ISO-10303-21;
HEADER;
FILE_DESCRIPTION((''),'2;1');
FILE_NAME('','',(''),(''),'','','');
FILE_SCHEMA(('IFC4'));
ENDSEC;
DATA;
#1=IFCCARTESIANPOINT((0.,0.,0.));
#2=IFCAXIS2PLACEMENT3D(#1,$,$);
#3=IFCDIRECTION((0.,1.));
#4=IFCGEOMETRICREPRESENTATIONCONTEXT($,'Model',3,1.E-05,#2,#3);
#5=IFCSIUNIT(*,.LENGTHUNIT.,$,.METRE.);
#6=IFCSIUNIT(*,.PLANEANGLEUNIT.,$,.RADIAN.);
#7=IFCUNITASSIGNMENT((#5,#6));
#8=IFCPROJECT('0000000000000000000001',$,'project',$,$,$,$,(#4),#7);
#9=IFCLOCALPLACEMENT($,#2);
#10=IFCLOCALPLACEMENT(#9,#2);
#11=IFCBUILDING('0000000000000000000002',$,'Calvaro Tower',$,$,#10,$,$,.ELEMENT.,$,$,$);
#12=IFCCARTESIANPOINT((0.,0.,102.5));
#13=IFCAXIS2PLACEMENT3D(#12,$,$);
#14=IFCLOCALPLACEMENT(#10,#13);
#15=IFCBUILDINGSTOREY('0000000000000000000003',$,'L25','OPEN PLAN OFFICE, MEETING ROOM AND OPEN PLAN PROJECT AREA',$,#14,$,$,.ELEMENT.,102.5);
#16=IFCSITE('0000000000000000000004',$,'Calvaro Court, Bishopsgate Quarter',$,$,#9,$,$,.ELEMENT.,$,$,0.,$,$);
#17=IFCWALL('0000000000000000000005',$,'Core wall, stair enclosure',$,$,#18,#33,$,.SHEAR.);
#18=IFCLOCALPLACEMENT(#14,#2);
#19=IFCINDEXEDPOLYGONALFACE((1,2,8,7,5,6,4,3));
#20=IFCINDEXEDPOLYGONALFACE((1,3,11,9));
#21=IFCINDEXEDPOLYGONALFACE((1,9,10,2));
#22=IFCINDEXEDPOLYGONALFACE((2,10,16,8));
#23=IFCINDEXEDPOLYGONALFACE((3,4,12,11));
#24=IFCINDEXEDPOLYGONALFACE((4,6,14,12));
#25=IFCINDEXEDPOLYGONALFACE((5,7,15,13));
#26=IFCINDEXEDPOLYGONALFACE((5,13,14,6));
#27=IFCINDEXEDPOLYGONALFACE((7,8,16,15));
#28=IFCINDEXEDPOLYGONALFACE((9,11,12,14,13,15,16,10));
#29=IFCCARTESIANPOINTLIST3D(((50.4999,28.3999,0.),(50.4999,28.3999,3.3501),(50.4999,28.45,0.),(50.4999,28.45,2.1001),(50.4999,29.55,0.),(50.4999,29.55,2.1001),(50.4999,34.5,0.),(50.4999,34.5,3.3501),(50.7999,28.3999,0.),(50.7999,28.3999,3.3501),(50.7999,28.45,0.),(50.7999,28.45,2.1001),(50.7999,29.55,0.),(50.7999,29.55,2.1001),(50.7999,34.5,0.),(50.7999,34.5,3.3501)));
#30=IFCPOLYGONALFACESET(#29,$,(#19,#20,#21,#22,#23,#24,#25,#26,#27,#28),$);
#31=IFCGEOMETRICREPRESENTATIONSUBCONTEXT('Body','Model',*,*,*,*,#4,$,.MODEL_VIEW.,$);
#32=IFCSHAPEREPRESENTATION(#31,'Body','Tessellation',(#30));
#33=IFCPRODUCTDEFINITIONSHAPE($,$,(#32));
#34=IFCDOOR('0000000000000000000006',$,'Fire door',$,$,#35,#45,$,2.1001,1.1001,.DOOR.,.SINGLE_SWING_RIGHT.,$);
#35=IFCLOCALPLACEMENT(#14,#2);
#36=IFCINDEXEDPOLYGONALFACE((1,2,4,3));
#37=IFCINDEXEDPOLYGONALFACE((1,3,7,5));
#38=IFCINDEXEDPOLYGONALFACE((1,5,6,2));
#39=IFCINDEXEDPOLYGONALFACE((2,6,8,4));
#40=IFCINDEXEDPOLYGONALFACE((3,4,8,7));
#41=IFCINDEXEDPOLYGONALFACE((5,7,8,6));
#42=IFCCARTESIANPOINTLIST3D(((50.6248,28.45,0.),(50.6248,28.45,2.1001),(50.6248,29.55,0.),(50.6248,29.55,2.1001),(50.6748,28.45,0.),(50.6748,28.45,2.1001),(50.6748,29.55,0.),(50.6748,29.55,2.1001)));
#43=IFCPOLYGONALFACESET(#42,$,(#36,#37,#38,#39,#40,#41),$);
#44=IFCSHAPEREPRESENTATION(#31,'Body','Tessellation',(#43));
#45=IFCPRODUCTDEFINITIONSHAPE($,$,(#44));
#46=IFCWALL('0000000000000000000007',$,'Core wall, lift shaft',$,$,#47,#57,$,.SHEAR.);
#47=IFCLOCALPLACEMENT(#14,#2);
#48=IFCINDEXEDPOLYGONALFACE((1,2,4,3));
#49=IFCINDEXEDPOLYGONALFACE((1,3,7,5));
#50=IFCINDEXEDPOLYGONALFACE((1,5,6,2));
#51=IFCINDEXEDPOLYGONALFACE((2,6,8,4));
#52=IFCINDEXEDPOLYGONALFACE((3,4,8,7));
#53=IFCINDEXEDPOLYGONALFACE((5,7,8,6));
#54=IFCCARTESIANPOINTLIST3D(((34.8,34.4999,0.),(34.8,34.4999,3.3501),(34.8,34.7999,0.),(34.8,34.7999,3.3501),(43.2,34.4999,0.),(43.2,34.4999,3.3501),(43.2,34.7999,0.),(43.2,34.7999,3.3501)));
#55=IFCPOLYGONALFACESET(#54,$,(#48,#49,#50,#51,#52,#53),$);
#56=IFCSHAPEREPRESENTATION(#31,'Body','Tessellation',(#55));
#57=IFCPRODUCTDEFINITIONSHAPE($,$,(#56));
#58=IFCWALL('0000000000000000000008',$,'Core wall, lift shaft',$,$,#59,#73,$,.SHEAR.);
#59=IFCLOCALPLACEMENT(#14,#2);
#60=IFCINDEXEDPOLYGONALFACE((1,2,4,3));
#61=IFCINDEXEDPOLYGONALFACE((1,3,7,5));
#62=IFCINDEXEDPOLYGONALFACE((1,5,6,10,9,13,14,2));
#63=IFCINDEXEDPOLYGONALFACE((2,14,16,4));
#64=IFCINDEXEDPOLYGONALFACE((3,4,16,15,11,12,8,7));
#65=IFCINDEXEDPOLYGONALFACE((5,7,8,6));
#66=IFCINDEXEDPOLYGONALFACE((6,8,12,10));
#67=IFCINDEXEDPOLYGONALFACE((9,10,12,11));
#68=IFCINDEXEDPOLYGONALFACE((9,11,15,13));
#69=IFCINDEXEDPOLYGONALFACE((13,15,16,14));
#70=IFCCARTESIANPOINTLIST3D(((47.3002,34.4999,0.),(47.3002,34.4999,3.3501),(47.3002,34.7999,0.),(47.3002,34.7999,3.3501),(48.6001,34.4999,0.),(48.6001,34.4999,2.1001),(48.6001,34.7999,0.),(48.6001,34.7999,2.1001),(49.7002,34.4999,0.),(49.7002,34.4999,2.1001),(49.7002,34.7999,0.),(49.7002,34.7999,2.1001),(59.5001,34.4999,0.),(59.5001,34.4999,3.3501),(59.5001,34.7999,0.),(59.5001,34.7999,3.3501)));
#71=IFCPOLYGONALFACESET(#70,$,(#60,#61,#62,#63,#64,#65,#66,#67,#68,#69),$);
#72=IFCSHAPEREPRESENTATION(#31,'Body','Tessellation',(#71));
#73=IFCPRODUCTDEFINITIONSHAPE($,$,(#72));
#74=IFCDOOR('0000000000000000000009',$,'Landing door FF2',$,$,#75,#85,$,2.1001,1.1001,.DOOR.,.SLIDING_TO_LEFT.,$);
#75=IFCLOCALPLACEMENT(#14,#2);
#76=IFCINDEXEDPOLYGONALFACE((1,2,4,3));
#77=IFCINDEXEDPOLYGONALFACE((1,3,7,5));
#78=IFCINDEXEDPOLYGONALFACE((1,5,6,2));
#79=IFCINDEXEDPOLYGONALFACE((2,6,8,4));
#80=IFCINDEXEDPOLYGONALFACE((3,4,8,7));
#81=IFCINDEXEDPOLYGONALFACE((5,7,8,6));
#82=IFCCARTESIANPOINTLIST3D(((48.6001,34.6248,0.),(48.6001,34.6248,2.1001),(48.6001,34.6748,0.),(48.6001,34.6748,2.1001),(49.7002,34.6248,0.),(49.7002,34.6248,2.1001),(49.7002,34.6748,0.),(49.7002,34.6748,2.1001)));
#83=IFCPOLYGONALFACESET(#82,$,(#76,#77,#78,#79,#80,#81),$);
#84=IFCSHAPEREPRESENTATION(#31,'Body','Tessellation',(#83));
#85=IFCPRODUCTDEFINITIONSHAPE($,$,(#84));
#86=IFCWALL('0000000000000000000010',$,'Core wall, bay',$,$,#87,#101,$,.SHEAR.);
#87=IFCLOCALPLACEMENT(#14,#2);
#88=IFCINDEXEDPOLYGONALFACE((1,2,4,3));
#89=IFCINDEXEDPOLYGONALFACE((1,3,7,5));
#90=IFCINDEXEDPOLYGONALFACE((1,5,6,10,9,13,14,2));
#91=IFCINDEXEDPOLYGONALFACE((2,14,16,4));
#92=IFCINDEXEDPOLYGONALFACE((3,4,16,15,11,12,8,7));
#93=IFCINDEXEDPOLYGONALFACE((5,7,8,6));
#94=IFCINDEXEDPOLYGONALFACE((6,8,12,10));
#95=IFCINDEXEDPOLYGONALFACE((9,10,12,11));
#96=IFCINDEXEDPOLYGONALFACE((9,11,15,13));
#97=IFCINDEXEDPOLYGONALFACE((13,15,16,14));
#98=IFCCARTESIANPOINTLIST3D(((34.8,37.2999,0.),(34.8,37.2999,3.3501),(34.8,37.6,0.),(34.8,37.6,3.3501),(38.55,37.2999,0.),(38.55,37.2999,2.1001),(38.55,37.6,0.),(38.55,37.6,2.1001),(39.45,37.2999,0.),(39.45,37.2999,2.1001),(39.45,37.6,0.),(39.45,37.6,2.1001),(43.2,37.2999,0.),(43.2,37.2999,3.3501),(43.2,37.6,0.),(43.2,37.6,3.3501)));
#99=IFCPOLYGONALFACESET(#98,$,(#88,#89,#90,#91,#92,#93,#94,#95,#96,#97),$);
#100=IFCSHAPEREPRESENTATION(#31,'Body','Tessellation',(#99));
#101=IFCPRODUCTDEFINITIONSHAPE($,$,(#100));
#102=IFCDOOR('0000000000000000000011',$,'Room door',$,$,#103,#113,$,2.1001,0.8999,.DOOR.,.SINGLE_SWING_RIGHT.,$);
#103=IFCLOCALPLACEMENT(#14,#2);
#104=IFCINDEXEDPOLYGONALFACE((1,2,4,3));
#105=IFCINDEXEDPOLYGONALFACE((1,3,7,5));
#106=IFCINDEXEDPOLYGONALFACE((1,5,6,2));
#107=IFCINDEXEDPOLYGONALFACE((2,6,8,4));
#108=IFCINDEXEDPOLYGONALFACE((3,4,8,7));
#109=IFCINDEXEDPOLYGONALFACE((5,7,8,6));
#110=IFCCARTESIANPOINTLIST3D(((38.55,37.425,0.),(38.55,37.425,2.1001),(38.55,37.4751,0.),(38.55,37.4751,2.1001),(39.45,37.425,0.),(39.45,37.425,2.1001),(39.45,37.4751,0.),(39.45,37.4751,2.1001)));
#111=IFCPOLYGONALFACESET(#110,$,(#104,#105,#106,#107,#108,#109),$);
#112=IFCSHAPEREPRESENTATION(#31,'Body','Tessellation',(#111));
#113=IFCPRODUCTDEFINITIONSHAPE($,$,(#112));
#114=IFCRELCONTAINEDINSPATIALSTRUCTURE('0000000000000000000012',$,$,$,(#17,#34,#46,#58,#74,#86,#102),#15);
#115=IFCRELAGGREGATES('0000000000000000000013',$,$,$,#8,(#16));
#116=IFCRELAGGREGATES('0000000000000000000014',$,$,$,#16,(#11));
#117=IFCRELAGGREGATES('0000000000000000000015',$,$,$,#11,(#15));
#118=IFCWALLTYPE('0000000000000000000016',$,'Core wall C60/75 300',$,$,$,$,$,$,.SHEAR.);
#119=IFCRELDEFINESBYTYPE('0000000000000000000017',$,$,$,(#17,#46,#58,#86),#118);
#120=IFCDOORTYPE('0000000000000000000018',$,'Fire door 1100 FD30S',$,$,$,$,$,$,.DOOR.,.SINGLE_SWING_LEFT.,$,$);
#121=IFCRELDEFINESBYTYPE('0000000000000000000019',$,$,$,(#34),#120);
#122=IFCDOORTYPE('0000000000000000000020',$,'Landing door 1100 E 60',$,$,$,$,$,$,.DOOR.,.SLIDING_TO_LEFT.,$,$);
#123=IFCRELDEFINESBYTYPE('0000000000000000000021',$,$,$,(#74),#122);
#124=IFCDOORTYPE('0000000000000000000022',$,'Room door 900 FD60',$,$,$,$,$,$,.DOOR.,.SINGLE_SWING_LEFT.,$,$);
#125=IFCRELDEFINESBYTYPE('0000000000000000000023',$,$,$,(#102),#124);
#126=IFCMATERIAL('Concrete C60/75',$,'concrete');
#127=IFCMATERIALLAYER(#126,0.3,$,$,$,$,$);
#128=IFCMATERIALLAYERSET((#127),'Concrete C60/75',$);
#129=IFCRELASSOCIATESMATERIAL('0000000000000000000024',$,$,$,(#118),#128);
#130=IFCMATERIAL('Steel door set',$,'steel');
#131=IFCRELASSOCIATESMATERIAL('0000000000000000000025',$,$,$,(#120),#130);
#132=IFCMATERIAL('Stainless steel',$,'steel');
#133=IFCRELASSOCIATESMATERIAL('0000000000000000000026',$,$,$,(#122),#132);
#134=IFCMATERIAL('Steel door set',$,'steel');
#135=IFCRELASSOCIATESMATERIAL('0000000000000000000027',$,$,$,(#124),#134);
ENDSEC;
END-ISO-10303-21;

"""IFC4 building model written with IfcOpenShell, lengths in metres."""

from ifc_helpers import new_model, si_unit, direction, frame, frame_2d, origin, place, context, subcontext, project, spatial, rectangle, extrude, material, layer, layer_set, type_object, element, fill, save


model = new_model("IFC4")

# Units and contexts
model_context = context("Model", 3, precision=1e-05, world=origin(), true_north=direction((0.0, 1.0)))
body_context = subcontext(model_context, "Body", "Model", "MODEL_VIEW")
ifc_project = project(units=[si_unit("LENGTHUNIT", "METRE"), si_unit("PLANEANGLEUNIT", "RADIAN")], contexts=[model_context])

# Site, building, storey
site_placement = place(None, origin())
site = spatial("IfcSite", under=ifc_project, at=site_placement, Name="Calvaro Court, Bishopsgate Quarter", CompositionType="ELEMENT", RefElevation=0.0)
building_placement = place(site_placement, origin())
building = spatial("IfcBuilding", under=site, at=building_placement, Name="Calvaro Tower", CompositionType="ELEMENT")
storey_placement = place(building_placement, frame((0.0, 0.0, 102.5)))
storey = spatial("IfcBuildingStorey", under=building, at=storey_placement, Name="L25", Description="OPEN PLAN OFFICE, MEETING ROOM AND OPEN PLAN PROJECT AREA", CompositionType="ELEMENT", Elevation=102.5)

# Wall, opening, door
ifc_material_1 = material(Name="Concrete C60/75", Category="concrete")
ifc_layer_1 = layer(ifc_material_1, 0.3)
ifc_layer_set_1 = layer_set([ifc_layer_1], Name="Concrete C60/75")
wall_type_1 = type_object("IfcWallType", Name="Core wall C60/75 300", PredefinedType="SHEAR", material=ifc_layer_set_1)
wall_1_placement = place(storey_placement, frame((50.6499, 34.5, 0.0), z_axis=(0.0, 0.0, 1.0), x_axis=(0.0, -1.0, 0.0)))
wall_1 = element("IfcWall", 1, at=wall_1_placement, inside=storey, type_object=wall_type_1, Name="Core wall, stair enclosure", PredefinedType="SHEAR", context=body_context, shape_type="SweptSolid", body=[
    extrude(rectangle(XDim=6.1001, YDim=0.3, at=frame_2d((3.05, 0.0))), origin(), (0.0, 0.0, 1.0), 3.3501),
])
opening_1_placement = place(wall_1_placement, frame((4.95, 0.0, 0.0)))
opening_1 = element("IfcOpeningElement", 2, at=opening_1_placement, cuts=wall_1, PredefinedType="OPENING", context=body_context, shape_type="SweptSolid", body=[
    extrude(rectangle(XDim=1.1001, YDim=2.1001, at=frame_2d((0.55, 1.05))), frame((0.0, 0.1599, 0.0), z_axis=(0.0, -1.0, 0.0), x_axis=(1.0, 0.0, 0.0)), (0.0, 0.0, 1.0), 0.3201),
])
ifc_material_2 = material(Name="Steel door set", Category="steel")
door_type_1 = type_object("IfcDoorType", Name="Fire door 1100 FD30S", OperationType="SINGLE_SWING_LEFT", PredefinedType="DOOR", material=ifc_material_2)
door_1_placement = place(opening_1_placement, origin())
door_1 = element("IfcDoor", 3, at=door_1_placement, inside=storey, type_object=door_type_1, Name="Fire door", OperationType="SINGLE_SWING_RIGHT", OverallHeight=2.1001, OverallWidth=1.1001, PredefinedType="DOOR", context=body_context, shape_type="SweptSolid", body=[
    extrude(rectangle(XDim=1.1001, YDim=2.1001, at=frame_2d((0.55, 1.05))), frame((0.0, 0.0249, 0.0), z_axis=(0.0, -1.0, 0.0), x_axis=(1.0, 0.0, 0.0)), (0.0, 0.0, 1.0), 0.05),
])
fill(opening_1, door_1)

# Wall
wall_2_placement = place(storey_placement, frame((34.8, 34.6499, 0.0), z_axis=(0.0, 0.0, 1.0), x_axis=(1.0, 0.0, 0.0)))
element("IfcWall", 4, at=wall_2_placement, inside=storey, type_object=wall_type_1, Name="Core wall, lift shaft", PredefinedType="SHEAR", context=body_context, shape_type="SweptSolid", body=[
    extrude(rectangle(XDim=8.3999, YDim=0.3, at=frame_2d((4.2, 0.0))), origin(), (0.0, 0.0, 1.0), 3.3501),
])

# Walls, openings, doors
wall_3_placement = place(storey_placement, frame((47.3, 34.6499, 0.0), z_axis=(0.0, 0.0, 1.0), x_axis=(1.0, 0.0, 0.0)))
wall_3 = element("IfcWall", 5, at=wall_3_placement, inside=storey, type_object=wall_type_1, Name="Core wall, lift shaft", PredefinedType="SHEAR", context=body_context, shape_type="SweptSolid", body=[
    extrude(rectangle(XDim=12.2, YDim=0.3, at=frame_2d((6.1001, 0.0))), origin(), (0.0, 0.0, 1.0), 3.3501),
])
opening_2_placement = place(wall_3_placement, frame((1.3, 0.0, 0.0)))
opening_2 = element("IfcOpeningElement", 6, at=opening_2_placement, cuts=wall_3, PredefinedType="OPENING", context=body_context, shape_type="SweptSolid", body=[
    extrude(rectangle(XDim=1.1001, YDim=2.1001, at=frame_2d((0.55, 1.05))), frame((0.0, 0.1599, 0.0), z_axis=(0.0, -1.0, 0.0), x_axis=(1.0, 0.0, 0.0)), (0.0, 0.0, 1.0), 0.3201),
])
ifc_material_3 = material(Name="Stainless steel", Category="steel")
door_type_2 = type_object("IfcDoorType", Name="Landing door 1100 E 60", OperationType="SLIDING_TO_LEFT", PredefinedType="DOOR", material=ifc_material_3)
door_2_placement = place(opening_2_placement, origin())
door_2 = element("IfcDoor", 7, at=door_2_placement, inside=storey, type_object=door_type_2, Name="Landing door FF2", OperationType="SLIDING_TO_LEFT", OverallHeight=2.1001, OverallWidth=1.1001, PredefinedType="DOOR", context=body_context, shape_type="SweptSolid", body=[
    extrude(rectangle(XDim=1.1001, YDim=2.1001, at=frame_2d((0.55, 1.05))), frame((0.0, 0.0249, 0.0), z_axis=(0.0, -1.0, 0.0), x_axis=(1.0, 0.0, 0.0)), (0.0, 0.0, 1.0), 0.05),
])
fill(opening_2, door_2)
wall_4_placement = place(storey_placement, frame((43.2, 37.45, 0.0), z_axis=(0.0, 0.0, 1.0), x_axis=(-1.0, 0.0, 0.0)))
wall_4 = element("IfcWall", 8, at=wall_4_placement, inside=storey, type_object=wall_type_1, Name="Core wall, bay", PredefinedType="SHEAR", context=body_context, shape_type="SweptSolid", body=[
    extrude(rectangle(XDim=8.3999, YDim=0.3, at=frame_2d((4.2, 0.0))), origin(), (0.0, 0.0, 1.0), 3.3501),
])
opening_3_placement = place(wall_4_placement, frame((3.75, 0.0, 0.0)))
opening_3 = element("IfcOpeningElement", 9, at=opening_3_placement, cuts=wall_4, PredefinedType="OPENING", context=body_context, shape_type="SweptSolid", body=[
    extrude(rectangle(XDim=0.8999, YDim=2.1001, at=frame_2d((0.45, 1.05))), frame((0.0, 0.1599, 0.0), z_axis=(0.0, -1.0, 0.0), x_axis=(1.0, 0.0, 0.0)), (0.0, 0.0, 1.0), 0.3201),
])
ifc_material_4 = material(Name="Steel door set", Category="steel")
door_type_3 = type_object("IfcDoorType", Name="Room door 900 FD60", OperationType="SINGLE_SWING_LEFT", PredefinedType="DOOR", material=ifc_material_4)
door_3_placement = place(opening_3_placement, origin())
door_3 = element("IfcDoor", 10, at=door_3_placement, inside=storey, type_object=door_type_3, Name="Room door", OperationType="SINGLE_SWING_RIGHT", OverallHeight=2.1001, OverallWidth=0.8999, PredefinedType="DOOR", context=body_context, shape_type="SweptSolid", body=[
    extrude(rectangle(XDim=0.8999, YDim=2.1001, at=frame_2d((0.45, 1.05))), frame((0.0, 0.0249, 0.0), z_axis=(0.0, -1.0, 0.0), x_axis=(1.0, 0.0, 0.0)), (0.0, 0.0, 1.0), 0.05),
])
fill(opening_3, door_3)

save(model, "model.ifc")
